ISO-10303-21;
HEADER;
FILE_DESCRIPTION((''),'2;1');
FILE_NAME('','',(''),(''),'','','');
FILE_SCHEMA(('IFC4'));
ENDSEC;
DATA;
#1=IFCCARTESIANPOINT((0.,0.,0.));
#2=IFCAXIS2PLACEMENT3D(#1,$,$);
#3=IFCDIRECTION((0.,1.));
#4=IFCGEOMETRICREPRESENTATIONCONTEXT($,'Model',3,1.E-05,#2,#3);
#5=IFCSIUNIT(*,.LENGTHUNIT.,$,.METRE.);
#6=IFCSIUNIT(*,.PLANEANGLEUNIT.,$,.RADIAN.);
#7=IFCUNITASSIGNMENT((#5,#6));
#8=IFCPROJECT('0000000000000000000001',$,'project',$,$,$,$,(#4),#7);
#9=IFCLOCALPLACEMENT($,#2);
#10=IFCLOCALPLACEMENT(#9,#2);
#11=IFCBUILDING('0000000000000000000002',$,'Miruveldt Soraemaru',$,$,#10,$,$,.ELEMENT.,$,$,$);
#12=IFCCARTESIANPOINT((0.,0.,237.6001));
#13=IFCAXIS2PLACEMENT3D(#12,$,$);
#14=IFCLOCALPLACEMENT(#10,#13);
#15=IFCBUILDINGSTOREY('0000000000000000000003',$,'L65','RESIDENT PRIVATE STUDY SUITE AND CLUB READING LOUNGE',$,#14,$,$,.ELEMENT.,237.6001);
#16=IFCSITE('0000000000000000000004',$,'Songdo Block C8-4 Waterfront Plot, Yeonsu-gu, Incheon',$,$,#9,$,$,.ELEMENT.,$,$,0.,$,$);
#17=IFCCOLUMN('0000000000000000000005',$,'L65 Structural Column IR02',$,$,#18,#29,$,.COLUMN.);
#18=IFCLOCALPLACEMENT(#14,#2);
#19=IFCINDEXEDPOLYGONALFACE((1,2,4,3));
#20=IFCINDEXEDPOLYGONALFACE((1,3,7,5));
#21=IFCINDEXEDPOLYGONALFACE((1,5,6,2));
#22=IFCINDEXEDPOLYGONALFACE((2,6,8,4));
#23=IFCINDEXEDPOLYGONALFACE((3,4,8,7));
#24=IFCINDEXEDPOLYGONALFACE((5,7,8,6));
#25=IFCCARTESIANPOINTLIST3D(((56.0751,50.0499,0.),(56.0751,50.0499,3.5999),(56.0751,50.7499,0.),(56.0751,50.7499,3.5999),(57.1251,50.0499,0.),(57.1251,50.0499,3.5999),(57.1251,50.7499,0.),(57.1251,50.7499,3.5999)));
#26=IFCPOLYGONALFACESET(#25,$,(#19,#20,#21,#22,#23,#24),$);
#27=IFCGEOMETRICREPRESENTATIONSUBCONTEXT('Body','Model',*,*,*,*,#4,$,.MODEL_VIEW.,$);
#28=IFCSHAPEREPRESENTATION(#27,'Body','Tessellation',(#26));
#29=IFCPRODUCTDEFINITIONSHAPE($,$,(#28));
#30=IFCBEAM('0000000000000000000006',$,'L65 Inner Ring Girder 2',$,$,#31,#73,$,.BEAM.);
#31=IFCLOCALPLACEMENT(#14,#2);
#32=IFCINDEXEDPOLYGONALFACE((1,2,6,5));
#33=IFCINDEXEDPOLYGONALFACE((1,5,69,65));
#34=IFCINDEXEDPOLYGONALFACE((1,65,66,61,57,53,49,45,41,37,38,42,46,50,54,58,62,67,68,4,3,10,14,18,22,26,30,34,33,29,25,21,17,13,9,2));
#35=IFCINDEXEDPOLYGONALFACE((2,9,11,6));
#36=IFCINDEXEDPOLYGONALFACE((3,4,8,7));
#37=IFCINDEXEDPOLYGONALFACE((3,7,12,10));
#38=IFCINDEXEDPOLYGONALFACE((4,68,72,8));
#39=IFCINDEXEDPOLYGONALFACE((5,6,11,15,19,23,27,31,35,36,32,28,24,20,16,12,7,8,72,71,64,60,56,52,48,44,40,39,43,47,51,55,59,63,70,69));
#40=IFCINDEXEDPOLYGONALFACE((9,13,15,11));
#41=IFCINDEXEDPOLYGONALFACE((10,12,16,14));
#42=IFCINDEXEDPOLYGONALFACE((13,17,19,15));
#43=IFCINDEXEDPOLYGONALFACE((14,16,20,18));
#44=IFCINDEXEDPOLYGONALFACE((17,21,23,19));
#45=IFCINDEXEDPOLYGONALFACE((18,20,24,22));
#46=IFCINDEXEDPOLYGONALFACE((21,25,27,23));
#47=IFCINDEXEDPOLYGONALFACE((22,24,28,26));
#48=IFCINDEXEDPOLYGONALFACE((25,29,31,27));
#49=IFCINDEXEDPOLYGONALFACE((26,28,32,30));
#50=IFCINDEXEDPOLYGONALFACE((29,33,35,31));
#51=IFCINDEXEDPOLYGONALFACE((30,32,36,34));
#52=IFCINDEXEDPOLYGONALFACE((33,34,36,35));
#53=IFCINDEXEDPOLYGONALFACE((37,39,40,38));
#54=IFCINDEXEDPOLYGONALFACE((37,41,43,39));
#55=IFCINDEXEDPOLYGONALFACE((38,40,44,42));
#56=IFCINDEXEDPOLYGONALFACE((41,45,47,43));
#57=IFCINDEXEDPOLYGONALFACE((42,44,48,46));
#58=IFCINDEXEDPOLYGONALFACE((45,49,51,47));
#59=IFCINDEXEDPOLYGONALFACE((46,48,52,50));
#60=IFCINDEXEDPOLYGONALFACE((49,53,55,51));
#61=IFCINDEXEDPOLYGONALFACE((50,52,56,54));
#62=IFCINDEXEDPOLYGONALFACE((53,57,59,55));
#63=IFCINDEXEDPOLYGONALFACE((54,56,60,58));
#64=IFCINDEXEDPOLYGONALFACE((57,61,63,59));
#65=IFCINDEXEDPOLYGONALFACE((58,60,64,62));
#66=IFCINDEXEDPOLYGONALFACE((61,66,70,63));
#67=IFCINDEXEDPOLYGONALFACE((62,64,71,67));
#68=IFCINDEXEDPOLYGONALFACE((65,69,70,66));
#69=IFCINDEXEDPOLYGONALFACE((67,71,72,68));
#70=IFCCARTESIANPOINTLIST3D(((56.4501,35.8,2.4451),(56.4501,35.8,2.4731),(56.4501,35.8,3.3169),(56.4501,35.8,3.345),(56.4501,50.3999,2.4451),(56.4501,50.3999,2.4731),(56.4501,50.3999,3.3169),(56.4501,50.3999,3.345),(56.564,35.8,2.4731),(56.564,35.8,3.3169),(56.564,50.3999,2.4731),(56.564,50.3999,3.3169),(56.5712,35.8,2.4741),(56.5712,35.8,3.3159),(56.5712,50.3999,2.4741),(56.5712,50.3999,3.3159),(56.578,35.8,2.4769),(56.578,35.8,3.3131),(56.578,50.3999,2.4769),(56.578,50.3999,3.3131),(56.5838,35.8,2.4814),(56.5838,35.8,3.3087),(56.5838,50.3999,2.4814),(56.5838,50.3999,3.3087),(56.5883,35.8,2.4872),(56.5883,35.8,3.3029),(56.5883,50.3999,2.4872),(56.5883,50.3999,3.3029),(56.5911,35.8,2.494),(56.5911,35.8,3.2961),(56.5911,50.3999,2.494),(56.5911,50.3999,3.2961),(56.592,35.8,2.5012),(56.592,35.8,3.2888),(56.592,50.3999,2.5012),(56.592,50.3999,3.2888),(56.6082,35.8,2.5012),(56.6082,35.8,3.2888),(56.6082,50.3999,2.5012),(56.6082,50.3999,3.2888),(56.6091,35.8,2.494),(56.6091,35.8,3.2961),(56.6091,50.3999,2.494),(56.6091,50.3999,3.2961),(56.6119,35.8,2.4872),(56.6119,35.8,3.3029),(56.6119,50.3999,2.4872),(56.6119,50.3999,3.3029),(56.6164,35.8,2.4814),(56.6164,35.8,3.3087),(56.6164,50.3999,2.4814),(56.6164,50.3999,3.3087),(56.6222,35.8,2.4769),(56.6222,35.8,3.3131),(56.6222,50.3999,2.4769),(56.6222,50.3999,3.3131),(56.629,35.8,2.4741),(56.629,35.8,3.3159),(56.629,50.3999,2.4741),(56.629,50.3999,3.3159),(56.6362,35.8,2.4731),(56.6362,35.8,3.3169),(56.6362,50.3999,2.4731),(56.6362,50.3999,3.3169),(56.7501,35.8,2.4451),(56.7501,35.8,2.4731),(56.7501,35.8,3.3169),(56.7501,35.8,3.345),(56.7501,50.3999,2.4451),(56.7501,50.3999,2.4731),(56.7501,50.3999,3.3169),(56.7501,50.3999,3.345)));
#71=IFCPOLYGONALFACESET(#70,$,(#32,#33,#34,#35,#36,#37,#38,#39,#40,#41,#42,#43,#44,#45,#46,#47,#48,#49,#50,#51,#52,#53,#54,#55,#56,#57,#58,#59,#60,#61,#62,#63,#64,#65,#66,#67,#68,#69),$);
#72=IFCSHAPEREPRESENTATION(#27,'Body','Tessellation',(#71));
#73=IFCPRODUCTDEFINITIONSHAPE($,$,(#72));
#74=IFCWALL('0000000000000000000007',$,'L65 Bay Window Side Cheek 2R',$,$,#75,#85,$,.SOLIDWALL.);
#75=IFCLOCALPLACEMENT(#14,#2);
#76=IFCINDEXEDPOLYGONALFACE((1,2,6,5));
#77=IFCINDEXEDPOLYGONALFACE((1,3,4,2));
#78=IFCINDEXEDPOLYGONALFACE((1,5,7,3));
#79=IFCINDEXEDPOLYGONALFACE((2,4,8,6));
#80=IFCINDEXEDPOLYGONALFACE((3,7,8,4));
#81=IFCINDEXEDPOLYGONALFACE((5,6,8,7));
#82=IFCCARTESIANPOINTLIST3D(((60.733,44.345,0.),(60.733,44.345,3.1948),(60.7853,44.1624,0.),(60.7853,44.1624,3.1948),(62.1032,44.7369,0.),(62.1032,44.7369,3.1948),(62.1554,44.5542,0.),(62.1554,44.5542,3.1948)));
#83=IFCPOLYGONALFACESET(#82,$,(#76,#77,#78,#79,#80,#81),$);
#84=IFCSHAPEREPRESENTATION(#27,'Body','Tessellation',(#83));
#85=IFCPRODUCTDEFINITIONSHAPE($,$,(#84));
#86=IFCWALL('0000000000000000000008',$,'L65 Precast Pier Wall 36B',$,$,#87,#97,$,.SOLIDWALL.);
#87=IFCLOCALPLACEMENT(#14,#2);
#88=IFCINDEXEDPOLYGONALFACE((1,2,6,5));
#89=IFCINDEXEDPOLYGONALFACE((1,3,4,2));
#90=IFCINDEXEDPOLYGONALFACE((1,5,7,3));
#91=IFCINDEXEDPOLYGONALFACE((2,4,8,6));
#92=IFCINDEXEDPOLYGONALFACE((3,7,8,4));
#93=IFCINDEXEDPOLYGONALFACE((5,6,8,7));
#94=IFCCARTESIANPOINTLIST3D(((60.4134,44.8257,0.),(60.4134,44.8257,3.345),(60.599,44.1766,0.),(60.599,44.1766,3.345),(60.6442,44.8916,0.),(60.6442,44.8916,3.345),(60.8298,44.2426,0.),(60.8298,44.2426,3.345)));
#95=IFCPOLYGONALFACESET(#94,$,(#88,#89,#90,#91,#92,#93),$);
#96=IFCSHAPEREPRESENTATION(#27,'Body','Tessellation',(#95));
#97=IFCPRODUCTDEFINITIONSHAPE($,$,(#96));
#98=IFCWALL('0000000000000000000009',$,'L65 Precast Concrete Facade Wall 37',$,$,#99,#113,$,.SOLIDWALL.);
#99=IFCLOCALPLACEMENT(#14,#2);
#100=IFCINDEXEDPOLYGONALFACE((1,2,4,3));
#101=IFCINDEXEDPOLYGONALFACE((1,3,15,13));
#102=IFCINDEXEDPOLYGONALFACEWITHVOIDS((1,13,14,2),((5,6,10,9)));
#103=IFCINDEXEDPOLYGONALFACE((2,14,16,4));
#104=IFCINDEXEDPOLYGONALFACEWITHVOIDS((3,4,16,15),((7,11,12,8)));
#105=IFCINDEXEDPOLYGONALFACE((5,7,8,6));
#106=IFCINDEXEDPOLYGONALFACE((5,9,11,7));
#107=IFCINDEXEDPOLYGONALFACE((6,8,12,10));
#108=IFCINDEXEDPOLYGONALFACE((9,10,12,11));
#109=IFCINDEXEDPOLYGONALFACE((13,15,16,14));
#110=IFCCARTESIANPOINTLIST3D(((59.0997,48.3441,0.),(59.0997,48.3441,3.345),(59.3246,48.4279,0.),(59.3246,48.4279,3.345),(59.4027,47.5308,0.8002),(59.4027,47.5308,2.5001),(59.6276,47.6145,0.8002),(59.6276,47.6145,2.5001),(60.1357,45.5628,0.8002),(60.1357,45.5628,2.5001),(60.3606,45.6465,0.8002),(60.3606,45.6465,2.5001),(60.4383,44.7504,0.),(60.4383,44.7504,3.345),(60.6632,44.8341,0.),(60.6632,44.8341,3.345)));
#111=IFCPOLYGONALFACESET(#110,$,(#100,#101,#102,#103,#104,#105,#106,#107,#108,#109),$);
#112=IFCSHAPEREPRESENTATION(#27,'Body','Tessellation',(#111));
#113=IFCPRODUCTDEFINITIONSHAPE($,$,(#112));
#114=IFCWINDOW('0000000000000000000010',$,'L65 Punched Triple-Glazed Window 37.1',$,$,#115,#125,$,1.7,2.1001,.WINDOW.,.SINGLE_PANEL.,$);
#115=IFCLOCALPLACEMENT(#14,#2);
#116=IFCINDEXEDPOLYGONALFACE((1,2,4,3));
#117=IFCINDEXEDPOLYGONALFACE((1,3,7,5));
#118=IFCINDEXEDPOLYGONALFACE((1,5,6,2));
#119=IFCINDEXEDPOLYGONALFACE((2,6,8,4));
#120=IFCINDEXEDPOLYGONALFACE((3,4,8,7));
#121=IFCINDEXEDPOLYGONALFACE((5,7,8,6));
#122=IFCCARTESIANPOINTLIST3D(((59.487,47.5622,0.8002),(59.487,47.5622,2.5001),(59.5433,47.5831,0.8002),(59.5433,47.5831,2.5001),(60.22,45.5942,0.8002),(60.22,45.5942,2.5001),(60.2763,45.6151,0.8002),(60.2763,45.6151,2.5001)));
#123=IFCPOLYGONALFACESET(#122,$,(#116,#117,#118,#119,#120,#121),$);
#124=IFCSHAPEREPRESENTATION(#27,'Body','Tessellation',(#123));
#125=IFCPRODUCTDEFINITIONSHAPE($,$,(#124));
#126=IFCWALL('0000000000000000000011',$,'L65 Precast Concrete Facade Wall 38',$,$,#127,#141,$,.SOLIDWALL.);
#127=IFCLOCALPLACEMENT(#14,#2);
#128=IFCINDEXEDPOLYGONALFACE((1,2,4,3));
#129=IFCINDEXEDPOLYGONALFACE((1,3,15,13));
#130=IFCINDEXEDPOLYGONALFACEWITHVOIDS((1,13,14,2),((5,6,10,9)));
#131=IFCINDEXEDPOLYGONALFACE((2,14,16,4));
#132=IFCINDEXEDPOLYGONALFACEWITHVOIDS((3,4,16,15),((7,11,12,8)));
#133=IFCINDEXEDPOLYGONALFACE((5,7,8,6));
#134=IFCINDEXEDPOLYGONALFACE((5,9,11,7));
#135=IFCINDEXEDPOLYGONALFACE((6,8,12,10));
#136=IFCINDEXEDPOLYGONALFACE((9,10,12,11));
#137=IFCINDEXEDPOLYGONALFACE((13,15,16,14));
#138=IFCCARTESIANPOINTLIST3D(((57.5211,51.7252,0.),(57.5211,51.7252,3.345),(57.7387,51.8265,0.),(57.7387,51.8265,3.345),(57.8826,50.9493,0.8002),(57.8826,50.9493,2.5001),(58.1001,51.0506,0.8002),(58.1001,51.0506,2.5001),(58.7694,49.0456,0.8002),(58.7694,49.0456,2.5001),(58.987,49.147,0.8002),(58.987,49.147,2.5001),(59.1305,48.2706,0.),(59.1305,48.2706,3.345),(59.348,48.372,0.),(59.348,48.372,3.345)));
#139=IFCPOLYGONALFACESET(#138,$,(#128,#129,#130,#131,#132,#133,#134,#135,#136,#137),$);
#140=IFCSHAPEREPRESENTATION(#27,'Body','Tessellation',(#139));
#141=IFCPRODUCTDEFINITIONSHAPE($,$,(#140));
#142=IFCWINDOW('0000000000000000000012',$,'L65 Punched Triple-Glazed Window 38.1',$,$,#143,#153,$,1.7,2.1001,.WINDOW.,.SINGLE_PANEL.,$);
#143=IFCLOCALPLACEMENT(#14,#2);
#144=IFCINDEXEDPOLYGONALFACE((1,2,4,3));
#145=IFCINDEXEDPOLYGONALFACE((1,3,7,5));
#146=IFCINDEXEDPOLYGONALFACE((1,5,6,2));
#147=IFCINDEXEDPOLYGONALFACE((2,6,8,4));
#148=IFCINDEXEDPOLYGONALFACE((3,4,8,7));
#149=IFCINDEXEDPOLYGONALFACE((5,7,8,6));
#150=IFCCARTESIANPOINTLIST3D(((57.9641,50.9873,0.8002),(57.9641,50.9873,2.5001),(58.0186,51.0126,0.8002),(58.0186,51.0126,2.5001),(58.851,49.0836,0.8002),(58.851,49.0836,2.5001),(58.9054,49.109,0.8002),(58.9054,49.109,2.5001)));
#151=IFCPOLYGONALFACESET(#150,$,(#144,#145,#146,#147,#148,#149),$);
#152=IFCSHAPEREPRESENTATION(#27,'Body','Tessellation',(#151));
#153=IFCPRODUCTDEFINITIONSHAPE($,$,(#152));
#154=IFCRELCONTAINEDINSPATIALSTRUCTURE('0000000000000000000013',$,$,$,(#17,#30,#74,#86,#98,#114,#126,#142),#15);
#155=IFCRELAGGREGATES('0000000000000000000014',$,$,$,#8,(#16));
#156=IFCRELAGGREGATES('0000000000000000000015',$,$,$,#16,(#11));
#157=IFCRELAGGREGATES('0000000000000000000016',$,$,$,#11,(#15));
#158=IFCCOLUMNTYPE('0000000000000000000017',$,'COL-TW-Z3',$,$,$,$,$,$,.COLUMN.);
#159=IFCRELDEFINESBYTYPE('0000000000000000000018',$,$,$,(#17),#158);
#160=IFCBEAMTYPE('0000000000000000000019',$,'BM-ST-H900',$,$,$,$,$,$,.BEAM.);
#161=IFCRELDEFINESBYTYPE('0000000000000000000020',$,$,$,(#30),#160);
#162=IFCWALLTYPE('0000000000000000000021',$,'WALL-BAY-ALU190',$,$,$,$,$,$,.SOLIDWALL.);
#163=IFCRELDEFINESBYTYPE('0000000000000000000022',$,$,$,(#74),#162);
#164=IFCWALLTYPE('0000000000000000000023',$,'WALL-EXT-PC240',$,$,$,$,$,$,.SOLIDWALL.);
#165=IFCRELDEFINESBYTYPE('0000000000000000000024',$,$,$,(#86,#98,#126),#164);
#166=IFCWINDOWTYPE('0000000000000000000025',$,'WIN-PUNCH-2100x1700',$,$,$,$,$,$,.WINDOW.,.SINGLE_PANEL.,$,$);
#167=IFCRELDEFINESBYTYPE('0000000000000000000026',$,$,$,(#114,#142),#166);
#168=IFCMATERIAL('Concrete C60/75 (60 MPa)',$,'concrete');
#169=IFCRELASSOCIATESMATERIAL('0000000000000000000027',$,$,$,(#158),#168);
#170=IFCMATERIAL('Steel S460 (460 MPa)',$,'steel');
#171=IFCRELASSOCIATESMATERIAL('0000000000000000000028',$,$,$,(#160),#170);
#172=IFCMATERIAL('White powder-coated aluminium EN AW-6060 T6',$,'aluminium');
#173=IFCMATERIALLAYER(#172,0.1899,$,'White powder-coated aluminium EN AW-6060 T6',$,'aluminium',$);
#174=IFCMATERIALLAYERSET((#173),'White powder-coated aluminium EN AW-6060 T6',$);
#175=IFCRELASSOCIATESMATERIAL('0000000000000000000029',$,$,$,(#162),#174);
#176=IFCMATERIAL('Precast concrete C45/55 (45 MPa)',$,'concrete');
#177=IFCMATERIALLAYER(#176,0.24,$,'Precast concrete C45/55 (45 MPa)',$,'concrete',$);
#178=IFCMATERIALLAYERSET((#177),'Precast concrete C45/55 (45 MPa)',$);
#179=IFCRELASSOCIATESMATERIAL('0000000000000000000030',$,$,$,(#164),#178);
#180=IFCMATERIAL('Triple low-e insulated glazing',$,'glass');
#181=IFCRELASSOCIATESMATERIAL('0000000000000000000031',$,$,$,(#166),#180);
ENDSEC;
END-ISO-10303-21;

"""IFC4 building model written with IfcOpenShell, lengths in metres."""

from ifc_helpers import new_model, si_unit, direction, frame, frame_2d, origin, origin_2d, place, context, subcontext, project, spatial, rectangle, i_section, extrude, material, layer, layer_set, material_profile, profile_set, type_object, element, fill, save


model = new_model("IFC4")

# Units and contexts
model_context = context("Model", 3, precision=1e-05, world=origin(), true_north=direction((0.0, 1.0)))
body_context = subcontext(model_context, "Body", "Model", "MODEL_VIEW")
ifc_project = project(units=[si_unit("LENGTHUNIT", "METRE"), si_unit("PLANEANGLEUNIT", "RADIAN")], contexts=[model_context])

# Site, building, storey
site_placement = place(None, origin())
site = spatial("IfcSite", under=ifc_project, at=site_placement, Name="Songdo Block C8-4 Waterfront Plot, Yeonsu-gu, Incheon", CompositionType="ELEMENT", RefElevation=0.0)
building_placement = place(site_placement, origin())
building = spatial("IfcBuilding", under=site, at=building_placement, Name="Miruveldt Soraemaru", CompositionType="ELEMENT")
storey_placement = place(building_placement, frame((0.0, 0.0, 237.6001)))
storey = spatial("IfcBuildingStorey", under=building, at=storey_placement, Name="L65", Description="RESIDENT PRIVATE STUDY SUITE AND CLUB READING LOUNGE", CompositionType="ELEMENT", Elevation=237.6001)

# Column
ifc_material_1 = material(Name="Concrete C60/75 (60 MPa)", Category="concrete")
ifc_material_profile_1 = material_profile(ifc_material_1, rectangle(XDim=1.05, YDim=0.7, at=origin_2d()), Name="Concrete C60/75 (60 MPa)", Category="concrete")
ifc_profile_set_1 = profile_set([ifc_material_profile_1], Name="Concrete C60/75 (60 MPa)")
column_type = type_object("IfcColumnType", Name="COL-TW-Z3", PredefinedType="COLUMN", material=ifc_profile_set_1)
column_placement = place(storey_placement, frame((56.6001, 50.3999, 0.0), z_axis=(0.0, 0.0, 1.0), x_axis=(1.0, 0.0, 0.0)))
element("IfcColumn", 1, at=column_placement, inside=storey, type_object=column_type, Name="L65 Structural Column IR02", PredefinedType="COLUMN", context=body_context, shape_type="SweptSolid", body=[
    extrude(rectangle(XDim=1.05, YDim=0.7, at=origin_2d()), origin(), (0.0, 0.0, 1.0), 3.5999),
])

# Beam
ifc_material_2 = material(Name="Steel S460 (460 MPa)", Category="steel")
ifc_material_profile_2 = material_profile(ifc_material_2, i_section(OverallWidth=0.3, OverallDepth=0.8999, WebThickness=0.0161, FlangeThickness=0.0281, FilletRadius=0.0281, at=origin_2d()), Name="Steel S460 (460 MPa)", Category="steel")
ifc_profile_set_2 = profile_set([ifc_material_profile_2], Name="Steel S460 (460 MPa)")
beam_type = type_object("IfcBeamType", Name="BM-ST-H900", PredefinedType="BEAM", material=ifc_profile_set_2)
beam_placement = place(storey_placement, frame((56.6001, 50.3999, 2.895), z_axis=(0.0, -1.0, 0.0), x_axis=(1.0, 0.0, 0.0)))
element("IfcBeam", 2, at=beam_placement, inside=storey, type_object=beam_type, Name="L65 Inner Ring Girder 2", PredefinedType="BEAM", context=body_context, shape_type="SweptSolid", body=[
    extrude(i_section(OverallWidth=0.3, OverallDepth=0.8999, WebThickness=0.0161, FlangeThickness=0.0281, FilletRadius=0.0281, at=origin_2d()), origin(), (0.0, 0.0, 1.0), 14.5999),
])

# Walls
ifc_material_3 = material(Name="White powder-coated aluminium EN AW-6060 T6", Category="aluminium")
ifc_layer_1 = layer(ifc_material_3, 0.1899, Name="White powder-coated aluminium EN AW-6060 T6", Category="aluminium")
ifc_layer_set_1 = layer_set([ifc_layer_1], Name="White powder-coated aluminium EN AW-6060 T6")
wall_type_1 = type_object("IfcWallType", Name="WALL-BAY-ALU190", PredefinedType="SOLIDWALL", material=ifc_layer_set_1)
wall_1_placement = place(storey_placement, frame((62.1292, 44.6455, 0.0), z_axis=(0.0, 0.0, 1.0), x_axis=(-0.961453, -0.27497, 0.0)))
element("IfcWall", 3, at=wall_1_placement, inside=storey, type_object=wall_type_1, Name="L65 Bay Window Side Cheek 2R", PredefinedType="SOLIDWALL", context=body_context, shape_type="SweptSolid", body=[
    extrude(rectangle(XDim=1.425, YDim=0.1899, at=frame_2d((0.7124, 0.0))), origin(), (0.0, 0.0, 1.0), 3.1948),
])
ifc_material_4 = material(Name="Precast concrete C45/55 (45 MPa)", Category="concrete")
ifc_layer_2 = layer(ifc_material_4, 0.24, Name="Precast concrete C45/55 (45 MPa)", Category="concrete")
ifc_layer_set_2 = layer_set([ifc_layer_2], Name="Precast concrete C45/55 (45 MPa)")
wall_type_2 = type_object("IfcWallType", Name="WALL-EXT-PC240", PredefinedType="SOLIDWALL", material=ifc_layer_set_2)
wall_2_placement = place(storey_placement, frame((60.7144, 44.2097, 0.0), z_axis=(0.0, 0.0, 1.0), x_axis=(-0.274912, 0.961469, 0.0)))
element("IfcWall", 4, at=wall_2_placement, inside=storey, type_object=wall_type_2, Name="L65 Precast Pier Wall 36B", PredefinedType="SOLIDWALL", context=body_context, shape_type="SweptSolid", body=[
    extrude(rectangle(XDim=0.675, YDim=0.24, at=frame_2d((0.3374, 0.0))), origin(), (0.0, 0.0, 1.0), 3.345),
])

# Walls, openings, windows
wall_3_placement = place(storey_placement, frame((60.5508, 44.7922, 0.0), z_axis=(0.0, 0.0, 1.0), x_axis=(-0.349058, 0.937101, 0.0)))
wall_3 = element("IfcWall", 5, at=wall_3_placement, inside=storey, type_object=wall_type_2, Name="L65 Precast Concrete Facade Wall 37", PredefinedType="SOLIDWALL", context=body_context, shape_type="SweptSolid", body=[
    extrude(rectangle(XDim=3.835, YDim=0.24, at=frame_2d((1.9175, 0.0))), origin(), (0.0, 0.0, 1.0), 3.345),
])
opening_1_placement = place(wall_3_placement, frame((0.8669, 0.0, 0.8)))
opening_1 = element("IfcOpeningElement", 6, at=opening_1_placement, cuts=wall_3, PredefinedType="OPENING", context=body_context, shape_type="SweptSolid", body=[
    extrude(rectangle(XDim=2.1001, YDim=1.7, at=frame_2d((1.05, 0.8501))), frame((0.0, 0.1299, 0.0), z_axis=(0.0, -1.0, 0.0), x_axis=(1.0, 0.0, 0.0)), (0.0, 0.0, 1.0), 0.26),
])
ifc_material_5 = material(Name="Triple low-e insulated glazing", Category="glass")
window_type_1 = type_object("IfcWindowType", Name="WIN-PUNCH-2100x1700", PartitioningType="SINGLE_PANEL", PredefinedType="WINDOW", material=ifc_material_5)
window_1_placement = place(opening_1_placement, origin())
window_1 = element("IfcWindow", 7, at=window_1_placement, inside=storey, type_object=window_type_1, Name="L65 Punched Triple-Glazed Window 37.1", OverallHeight=1.7, OverallWidth=2.1001, PartitioningType="SINGLE_PANEL", PredefinedType="WINDOW", context=body_context, shape_type="SweptSolid", body=[
    extrude(rectangle(XDim=2.1001, YDim=1.7, at=frame_2d((1.05, 0.8501))), frame((0.0, 0.03, 0.0), z_axis=(0.0, -1.0, 0.0), x_axis=(1.0, 0.0, 0.0)), (0.0, 0.0, 1.0), 0.0601),
])
fill(opening_1, window_1)
wall_4_placement = place(storey_placement, frame((59.2393, 48.3213, 0.0), z_axis=(0.0, 0.0, 1.0), x_axis=(-0.422289, 0.906461, 0.0)))
wall_4 = element("IfcWall", 8, at=wall_4_placement, inside=storey, type_object=wall_type_2, Name="L65 Precast Concrete Facade Wall 38", PredefinedType="SOLIDWALL", context=body_context, shape_type="SweptSolid", body=[
    extrude(rectangle(XDim=3.811, YDim=0.24, at=frame_2d((1.9055, 0.0))), origin(), (0.0, 0.0, 1.0), 3.345),
])
opening_2_placement = place(wall_4_placement, frame((0.855, 0.0, 0.8)))
opening_2 = element("IfcOpeningElement", 9, at=opening_2_placement, cuts=wall_4, PredefinedType="OPENING", context=body_context, shape_type="SweptSolid", body=[
    extrude(rectangle(XDim=2.1001, YDim=1.7, at=frame_2d((1.05, 0.8501))), frame((0.0, 0.1299, 0.0), z_axis=(0.0, -1.0, 0.0), x_axis=(1.0, 0.0, 0.0)), (0.0, 0.0, 1.0), 0.26),
])
window_2_placement = place(opening_2_placement, origin())
window_2 = element("IfcWindow", 10, at=window_2_placement, inside=storey, type_object=window_type_1, Name="L65 Punched Triple-Glazed Window 38.1", OverallHeight=1.7, OverallWidth=2.1001, PartitioningType="SINGLE_PANEL", PredefinedType="WINDOW", context=body_context, shape_type="SweptSolid", body=[
    extrude(rectangle(XDim=2.1001, YDim=1.7, at=frame_2d((1.05, 0.8501))), frame((0.0, 0.03, 0.0), z_axis=(0.0, -1.0, 0.0), x_axis=(1.0, 0.0, 0.0)), (0.0, 0.0, 1.0), 0.0601),
])
fill(opening_2, window_2)

save(model, "model.ifc")
